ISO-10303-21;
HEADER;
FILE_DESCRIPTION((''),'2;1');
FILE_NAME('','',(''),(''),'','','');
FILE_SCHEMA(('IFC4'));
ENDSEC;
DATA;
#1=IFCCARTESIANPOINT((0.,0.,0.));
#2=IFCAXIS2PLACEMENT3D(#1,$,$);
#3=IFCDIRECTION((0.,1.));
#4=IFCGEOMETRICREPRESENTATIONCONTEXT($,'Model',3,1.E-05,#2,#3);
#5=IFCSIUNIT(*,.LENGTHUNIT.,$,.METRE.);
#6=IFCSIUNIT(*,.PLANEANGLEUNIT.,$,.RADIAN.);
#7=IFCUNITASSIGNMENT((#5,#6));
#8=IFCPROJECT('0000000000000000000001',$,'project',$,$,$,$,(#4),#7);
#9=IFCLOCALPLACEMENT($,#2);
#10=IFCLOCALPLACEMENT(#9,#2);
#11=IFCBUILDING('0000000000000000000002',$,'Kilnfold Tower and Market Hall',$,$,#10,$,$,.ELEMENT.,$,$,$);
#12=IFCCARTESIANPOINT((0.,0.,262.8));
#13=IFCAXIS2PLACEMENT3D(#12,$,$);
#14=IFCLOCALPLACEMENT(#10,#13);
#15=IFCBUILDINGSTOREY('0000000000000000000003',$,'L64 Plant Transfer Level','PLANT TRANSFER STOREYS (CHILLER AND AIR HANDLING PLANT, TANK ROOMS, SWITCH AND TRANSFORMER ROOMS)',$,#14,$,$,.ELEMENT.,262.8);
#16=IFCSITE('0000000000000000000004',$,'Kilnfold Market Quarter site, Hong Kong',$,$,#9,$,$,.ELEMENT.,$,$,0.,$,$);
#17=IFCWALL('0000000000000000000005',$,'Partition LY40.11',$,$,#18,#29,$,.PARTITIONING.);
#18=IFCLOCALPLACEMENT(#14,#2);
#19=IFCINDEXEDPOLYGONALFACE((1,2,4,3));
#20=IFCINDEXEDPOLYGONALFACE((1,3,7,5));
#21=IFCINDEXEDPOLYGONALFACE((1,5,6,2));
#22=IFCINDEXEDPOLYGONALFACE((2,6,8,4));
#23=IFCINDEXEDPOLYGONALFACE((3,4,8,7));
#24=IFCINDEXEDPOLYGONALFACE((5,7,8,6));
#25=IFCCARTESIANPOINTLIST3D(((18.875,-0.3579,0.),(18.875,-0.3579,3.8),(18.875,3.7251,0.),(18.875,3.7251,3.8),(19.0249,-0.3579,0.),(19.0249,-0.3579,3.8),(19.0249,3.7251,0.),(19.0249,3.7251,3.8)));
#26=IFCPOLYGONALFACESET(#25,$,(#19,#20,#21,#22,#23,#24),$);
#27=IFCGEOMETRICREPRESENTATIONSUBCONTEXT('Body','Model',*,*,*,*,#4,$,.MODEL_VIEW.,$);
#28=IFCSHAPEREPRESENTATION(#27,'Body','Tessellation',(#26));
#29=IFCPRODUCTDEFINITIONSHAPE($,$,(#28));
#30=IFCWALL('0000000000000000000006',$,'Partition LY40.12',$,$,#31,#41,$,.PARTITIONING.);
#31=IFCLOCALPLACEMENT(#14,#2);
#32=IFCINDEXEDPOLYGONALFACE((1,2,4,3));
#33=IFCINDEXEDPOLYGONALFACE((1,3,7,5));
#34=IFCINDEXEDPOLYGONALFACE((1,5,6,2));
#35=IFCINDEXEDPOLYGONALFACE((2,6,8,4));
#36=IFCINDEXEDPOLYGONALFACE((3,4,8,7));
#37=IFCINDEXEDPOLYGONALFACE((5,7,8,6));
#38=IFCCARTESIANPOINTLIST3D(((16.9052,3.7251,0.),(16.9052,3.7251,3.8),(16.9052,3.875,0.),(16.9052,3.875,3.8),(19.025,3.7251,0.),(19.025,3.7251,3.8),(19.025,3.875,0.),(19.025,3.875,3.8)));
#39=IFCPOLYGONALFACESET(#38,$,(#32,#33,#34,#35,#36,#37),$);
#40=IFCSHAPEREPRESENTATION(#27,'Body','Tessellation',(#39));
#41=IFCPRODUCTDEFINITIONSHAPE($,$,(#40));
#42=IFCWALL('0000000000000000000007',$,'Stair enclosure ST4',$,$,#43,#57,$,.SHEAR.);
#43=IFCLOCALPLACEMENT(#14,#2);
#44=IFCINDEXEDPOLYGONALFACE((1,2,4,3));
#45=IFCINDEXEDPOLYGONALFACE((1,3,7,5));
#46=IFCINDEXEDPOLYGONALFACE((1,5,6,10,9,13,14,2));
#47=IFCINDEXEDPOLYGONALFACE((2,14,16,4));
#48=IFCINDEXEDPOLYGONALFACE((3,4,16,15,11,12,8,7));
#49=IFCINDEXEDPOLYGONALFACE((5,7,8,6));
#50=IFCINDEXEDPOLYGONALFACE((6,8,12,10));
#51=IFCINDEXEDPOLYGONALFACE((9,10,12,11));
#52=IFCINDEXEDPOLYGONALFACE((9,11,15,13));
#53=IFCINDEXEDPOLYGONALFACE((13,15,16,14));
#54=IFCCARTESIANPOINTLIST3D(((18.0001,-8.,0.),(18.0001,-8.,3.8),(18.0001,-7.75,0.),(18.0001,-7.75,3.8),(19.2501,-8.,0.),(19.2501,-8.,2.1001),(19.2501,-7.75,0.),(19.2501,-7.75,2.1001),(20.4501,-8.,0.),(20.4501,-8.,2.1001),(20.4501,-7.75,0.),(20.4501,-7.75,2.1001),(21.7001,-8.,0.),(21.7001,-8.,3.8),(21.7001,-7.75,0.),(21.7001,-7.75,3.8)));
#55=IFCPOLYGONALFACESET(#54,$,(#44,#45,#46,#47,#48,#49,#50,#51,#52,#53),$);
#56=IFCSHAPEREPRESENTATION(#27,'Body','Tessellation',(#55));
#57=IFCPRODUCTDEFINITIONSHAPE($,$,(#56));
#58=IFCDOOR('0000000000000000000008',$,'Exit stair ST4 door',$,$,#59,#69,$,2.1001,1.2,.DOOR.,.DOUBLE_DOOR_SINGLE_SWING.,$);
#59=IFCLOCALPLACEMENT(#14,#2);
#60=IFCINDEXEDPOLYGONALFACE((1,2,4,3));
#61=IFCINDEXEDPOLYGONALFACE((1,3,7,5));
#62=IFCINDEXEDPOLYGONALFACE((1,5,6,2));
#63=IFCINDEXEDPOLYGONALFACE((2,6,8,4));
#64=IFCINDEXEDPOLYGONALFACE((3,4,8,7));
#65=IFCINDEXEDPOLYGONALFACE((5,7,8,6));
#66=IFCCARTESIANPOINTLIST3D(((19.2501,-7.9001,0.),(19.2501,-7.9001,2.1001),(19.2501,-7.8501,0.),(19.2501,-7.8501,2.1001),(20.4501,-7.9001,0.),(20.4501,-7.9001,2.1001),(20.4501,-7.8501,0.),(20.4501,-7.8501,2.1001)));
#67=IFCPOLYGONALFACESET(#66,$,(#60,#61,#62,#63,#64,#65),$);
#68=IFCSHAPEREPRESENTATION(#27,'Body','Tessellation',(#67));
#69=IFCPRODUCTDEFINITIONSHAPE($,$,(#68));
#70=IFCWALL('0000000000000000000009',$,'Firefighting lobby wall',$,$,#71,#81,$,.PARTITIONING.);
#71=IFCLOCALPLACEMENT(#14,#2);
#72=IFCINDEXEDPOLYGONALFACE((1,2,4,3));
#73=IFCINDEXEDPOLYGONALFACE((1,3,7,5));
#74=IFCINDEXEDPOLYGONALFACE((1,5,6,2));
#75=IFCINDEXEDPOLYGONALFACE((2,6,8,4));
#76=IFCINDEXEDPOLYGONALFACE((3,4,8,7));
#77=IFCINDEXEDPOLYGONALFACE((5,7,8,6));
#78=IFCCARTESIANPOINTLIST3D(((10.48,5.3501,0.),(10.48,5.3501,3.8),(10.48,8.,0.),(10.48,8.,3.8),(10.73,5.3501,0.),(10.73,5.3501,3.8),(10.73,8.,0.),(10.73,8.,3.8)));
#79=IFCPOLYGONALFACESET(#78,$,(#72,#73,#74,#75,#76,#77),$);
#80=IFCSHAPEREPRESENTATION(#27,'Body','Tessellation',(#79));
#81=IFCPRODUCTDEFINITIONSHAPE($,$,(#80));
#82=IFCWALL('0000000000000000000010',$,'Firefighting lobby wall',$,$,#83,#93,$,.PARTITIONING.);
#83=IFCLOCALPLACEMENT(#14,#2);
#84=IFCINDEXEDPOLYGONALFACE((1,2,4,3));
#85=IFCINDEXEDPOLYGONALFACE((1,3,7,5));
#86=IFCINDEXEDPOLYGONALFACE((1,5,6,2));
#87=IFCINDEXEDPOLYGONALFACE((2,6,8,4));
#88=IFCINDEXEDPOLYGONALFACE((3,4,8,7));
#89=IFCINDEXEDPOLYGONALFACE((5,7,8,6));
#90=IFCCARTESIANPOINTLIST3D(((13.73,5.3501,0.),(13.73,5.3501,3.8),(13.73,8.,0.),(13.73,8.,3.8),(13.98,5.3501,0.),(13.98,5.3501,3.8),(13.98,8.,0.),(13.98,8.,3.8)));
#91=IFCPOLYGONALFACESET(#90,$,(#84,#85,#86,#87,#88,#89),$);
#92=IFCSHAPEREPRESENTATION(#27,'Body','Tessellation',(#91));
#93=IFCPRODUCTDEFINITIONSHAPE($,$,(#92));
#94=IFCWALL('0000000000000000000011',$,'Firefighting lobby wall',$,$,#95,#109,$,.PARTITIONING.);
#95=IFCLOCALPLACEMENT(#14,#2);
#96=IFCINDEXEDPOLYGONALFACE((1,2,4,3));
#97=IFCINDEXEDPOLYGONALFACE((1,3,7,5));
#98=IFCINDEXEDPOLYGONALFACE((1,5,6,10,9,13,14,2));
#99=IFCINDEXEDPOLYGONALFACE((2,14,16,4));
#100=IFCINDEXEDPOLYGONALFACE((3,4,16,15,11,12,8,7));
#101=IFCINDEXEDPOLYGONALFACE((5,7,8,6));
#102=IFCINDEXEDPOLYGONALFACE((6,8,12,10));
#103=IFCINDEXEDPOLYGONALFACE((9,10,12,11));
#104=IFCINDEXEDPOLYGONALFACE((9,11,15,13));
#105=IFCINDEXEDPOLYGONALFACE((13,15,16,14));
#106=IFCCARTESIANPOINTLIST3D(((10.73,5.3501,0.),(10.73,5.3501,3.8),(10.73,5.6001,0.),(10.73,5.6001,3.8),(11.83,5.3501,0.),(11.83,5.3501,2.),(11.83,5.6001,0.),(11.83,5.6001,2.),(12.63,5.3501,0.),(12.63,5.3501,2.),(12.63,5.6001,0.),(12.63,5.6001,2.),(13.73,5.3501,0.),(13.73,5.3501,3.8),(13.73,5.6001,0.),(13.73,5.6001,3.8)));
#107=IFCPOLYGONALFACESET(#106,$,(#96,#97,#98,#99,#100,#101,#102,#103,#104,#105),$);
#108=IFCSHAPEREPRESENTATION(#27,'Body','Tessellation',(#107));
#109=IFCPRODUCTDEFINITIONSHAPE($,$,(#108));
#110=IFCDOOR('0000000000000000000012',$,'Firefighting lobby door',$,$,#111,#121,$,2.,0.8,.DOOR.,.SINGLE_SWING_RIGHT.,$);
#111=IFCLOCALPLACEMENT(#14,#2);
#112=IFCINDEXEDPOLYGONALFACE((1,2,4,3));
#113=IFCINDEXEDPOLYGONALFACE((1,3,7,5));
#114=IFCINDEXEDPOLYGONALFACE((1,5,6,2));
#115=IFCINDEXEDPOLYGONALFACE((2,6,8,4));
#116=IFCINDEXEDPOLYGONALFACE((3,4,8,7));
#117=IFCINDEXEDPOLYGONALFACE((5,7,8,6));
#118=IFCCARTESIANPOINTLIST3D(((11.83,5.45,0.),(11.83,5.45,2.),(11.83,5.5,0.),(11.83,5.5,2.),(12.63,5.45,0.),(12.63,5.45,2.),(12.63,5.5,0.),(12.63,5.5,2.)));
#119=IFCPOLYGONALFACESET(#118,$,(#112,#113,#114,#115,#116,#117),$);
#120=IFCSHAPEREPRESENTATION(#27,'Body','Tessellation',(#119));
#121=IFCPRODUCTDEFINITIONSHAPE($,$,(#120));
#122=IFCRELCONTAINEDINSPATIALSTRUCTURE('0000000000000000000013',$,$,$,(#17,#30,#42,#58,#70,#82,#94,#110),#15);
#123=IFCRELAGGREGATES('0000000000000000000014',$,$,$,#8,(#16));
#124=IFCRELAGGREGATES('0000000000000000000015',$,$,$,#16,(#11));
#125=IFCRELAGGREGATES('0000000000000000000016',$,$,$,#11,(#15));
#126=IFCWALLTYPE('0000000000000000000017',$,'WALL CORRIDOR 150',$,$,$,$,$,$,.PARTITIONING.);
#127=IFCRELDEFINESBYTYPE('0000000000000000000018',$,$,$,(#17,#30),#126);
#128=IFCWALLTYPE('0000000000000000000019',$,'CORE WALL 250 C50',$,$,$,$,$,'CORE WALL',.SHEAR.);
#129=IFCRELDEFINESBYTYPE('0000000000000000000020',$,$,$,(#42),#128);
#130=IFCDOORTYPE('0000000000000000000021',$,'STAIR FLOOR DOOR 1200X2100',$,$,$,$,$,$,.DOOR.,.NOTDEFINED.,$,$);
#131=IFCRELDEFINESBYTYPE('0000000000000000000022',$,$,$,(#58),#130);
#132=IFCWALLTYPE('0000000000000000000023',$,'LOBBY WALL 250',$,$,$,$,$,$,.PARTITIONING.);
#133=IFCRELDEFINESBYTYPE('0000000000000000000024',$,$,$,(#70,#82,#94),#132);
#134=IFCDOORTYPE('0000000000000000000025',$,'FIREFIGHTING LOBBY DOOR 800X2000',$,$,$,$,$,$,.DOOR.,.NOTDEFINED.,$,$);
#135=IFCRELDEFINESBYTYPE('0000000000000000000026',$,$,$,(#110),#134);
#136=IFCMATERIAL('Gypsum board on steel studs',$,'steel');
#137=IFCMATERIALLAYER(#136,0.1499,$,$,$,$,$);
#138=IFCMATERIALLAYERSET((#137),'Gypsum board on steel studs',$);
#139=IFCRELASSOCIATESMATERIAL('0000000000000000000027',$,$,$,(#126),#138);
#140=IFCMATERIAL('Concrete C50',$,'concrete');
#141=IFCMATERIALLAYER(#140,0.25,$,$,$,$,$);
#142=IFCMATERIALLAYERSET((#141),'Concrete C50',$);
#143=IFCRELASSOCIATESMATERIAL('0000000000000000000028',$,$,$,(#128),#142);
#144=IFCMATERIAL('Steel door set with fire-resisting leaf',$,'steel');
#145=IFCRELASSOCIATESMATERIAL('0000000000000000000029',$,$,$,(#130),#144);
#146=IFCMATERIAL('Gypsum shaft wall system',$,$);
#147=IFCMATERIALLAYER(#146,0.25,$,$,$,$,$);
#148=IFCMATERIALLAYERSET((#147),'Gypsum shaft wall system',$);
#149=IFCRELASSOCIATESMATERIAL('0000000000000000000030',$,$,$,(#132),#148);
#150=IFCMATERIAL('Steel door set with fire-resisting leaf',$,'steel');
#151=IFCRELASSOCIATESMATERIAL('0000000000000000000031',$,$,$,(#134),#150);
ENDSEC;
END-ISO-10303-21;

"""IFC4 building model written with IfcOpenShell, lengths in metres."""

from ifc_helpers import new_model, si_unit, direction, frame, frame_2d, origin, place, context, subcontext, project, spatial, rectangle, extrude, source, transform, mapped, material, layer, layer_set, type_object, element, fill, save


model = new_model("IFC4")

# Units and contexts
model_context = context("Model", 3, precision=1e-05, world=origin(), true_north=direction((0.0, 1.0)))
body_context = subcontext(model_context, "Body", "Model", "MODEL_VIEW")
ifc_project = project(units=[si_unit("LENGTHUNIT", "METRE"), si_unit("PLANEANGLEUNIT", "RADIAN")], contexts=[model_context])

# Site, building, storey
site_placement = place(None, origin())
site = spatial("IfcSite", under=ifc_project, at=site_placement, Name="Kilnfold Market Quarter site, Hong Kong", CompositionType="ELEMENT", RefElevation=0.0)
building_placement = place(site_placement, origin())
building = spatial("IfcBuilding", under=site, at=building_placement, Name="Kilnfold Tower and Market Hall", CompositionType="ELEMENT")
storey_placement = place(building_placement, frame((0.0, 0.0, 262.8)))
storey = spatial("IfcBuildingStorey", under=building, at=storey_placement, Name="L64 Plant Transfer Level", Description="PLANT TRANSFER STOREYS (CHILLER AND AIR HANDLING PLANT, TANK ROOMS, SWITCH AND TRANSFORMER ROOMS)", CompositionType="ELEMENT", Elevation=262.8)

# Shared definitions
ifc_material_1 = material(Name="Gypsum board on steel studs", Category="steel")
ifc_layer_1 = layer(ifc_material_1, 0.1499)
ifc_layer_set_1 = layer_set([ifc_layer_1], Name="Gypsum board on steel studs")
wall_type_1 = type_object("IfcWallType", Name="WALL CORRIDOR 150", PredefinedType="PARTITIONING", material=ifc_layer_set_1)

# Walls
wall_1_placement = place(storey_placement, frame((18.95, -0.3579, 0.0), z_axis=(0.0, 0.0, 1.0), x_axis=(0.0, 1.0, 0.0)))
element("IfcWall", 1, at=wall_1_placement, inside=storey, type_object=wall_type_1, Name="Partition LY40.11", PredefinedType="PARTITIONING", context=body_context, shape_type="SweptSolid", body=[
    extrude(rectangle(XDim=4.083, YDim=0.1499, at=frame_2d((2.0415, 0.0))), origin(), (0.0, 0.0, 1.0), 3.8),
])
wall_2_placement = place(storey_placement, frame((16.905, 3.8, 0.0), z_axis=(0.0, 0.0, 1.0), x_axis=(1.0, 0.0, 0.0)))
element("IfcWall", 2, at=wall_2_placement, inside=storey, type_object=wall_type_1, Name="Partition LY40.12", PredefinedType="PARTITIONING", context=body_context, shape_type="SweptSolid", body=[
    extrude(rectangle(XDim=2.1199, YDim=0.1499, at=frame_2d((1.0601, 0.0))), origin(), (0.0, 0.0, 1.0), 3.8),
])

# Wall, opening, door
ifc_material_2 = material(Name="Concrete C50", Category="concrete")
ifc_layer_2 = layer(ifc_material_2, 0.25)
ifc_layer_set_2 = layer_set([ifc_layer_2], Name="Concrete C50")
wall_type_2 = type_object("IfcWallType", Name="CORE WALL 250 C50", ElementType="CORE WALL", PredefinedType="SHEAR", material=ifc_layer_set_2)
shared_shape_1 = source(origin(), body_context, "Body", "SweptSolid", [
    extrude(rectangle(XDim=3.7, YDim=0.25, at=frame_2d((1.8501, 0.0))), origin(), (0.0, 0.0, 1.0), 3.8),
])
wall_3_placement = place(storey_placement, frame((18.0, -7.875, 0.0), z_axis=(0.0, 0.0, 1.0), x_axis=(1.0, 0.0, 0.0)))
wall_3 = element("IfcWall", 3, at=wall_3_placement, inside=storey, type_object=wall_type_2, Name="Stair enclosure ST4", PredefinedType="SHEAR", context=body_context, shape_type="MappedRepresentation", body=[
    mapped(shared_shape_1, transform((0.0, 0.0, 0.0))),
])
opening_1_placement = place(wall_3_placement, frame((1.25, 0.0, 0.0)))
opening_1 = element("IfcOpeningElement", 4, at=opening_1_placement, cuts=wall_3, PredefinedType="OPENING", context=body_context, shape_type="SweptSolid", body=[
    extrude(rectangle(XDim=1.2, YDim=2.1001, at=frame_2d((0.6001, 1.05))), frame((0.0, 0.135, 0.0), z_axis=(0.0, -1.0, 0.0), x_axis=(1.0, 0.0, 0.0)), (0.0, 0.0, 1.0), 0.27),
])
ifc_material_3 = material(Name="Steel door set with fire-resisting leaf", Category="steel")
door_type_1 = type_object("IfcDoorType", Name="STAIR FLOOR DOOR 1200X2100", OperationType="NOTDEFINED", PredefinedType="DOOR", material=ifc_material_3)
door_1_placement = place(opening_1_placement, origin())
door_1 = element("IfcDoor", 5, at=door_1_placement, inside=storey, type_object=door_type_1, Name="Exit stair ST4 door", OperationType="DOUBLE_DOOR_SINGLE_SWING", OverallHeight=2.1001, OverallWidth=1.2, PredefinedType="DOOR", context=body_context, shape_type="SweptSolid", body=[
    extrude(rectangle(XDim=1.2, YDim=2.1001, at=frame_2d((0.6001, 1.05))), frame((0.0, 0.0249, 0.0), z_axis=(0.0, -1.0, 0.0), x_axis=(1.0, 0.0, 0.0)), (0.0, 0.0, 1.0), 0.05),
])
fill(opening_1, door_1)

# Walls
ifc_material_4 = material(Name="Gypsum shaft wall system")
ifc_layer_3 = layer(ifc_material_4, 0.25)
ifc_layer_set_3 = layer_set([ifc_layer_3], Name="Gypsum shaft wall system")
wall_type_3 = type_object("IfcWallType", Name="LOBBY WALL 250", PredefinedType="PARTITIONING", material=ifc_layer_set_3)
shared_shape_2 = source(origin(), body_context, "Body", "SweptSolid", [
    extrude(rectangle(XDim=2.6499, YDim=0.25, at=frame_2d((1.325, 0.0))), origin(), (0.0, 0.0, 1.0), 3.8),
])
for number, where, z_axis, x_axis, name in (
    (6, (10.605, 5.3501, 0.0), (0.0, 0.0, 1.0), (0.0, 1.0, 0.0), "Firefighting lobby wall"),
    (7, (13.855, 5.3501, 0.0), (0.0, 0.0, 1.0), (0.0, 1.0, 0.0), "Firefighting lobby wall"),
):
    element("IfcWall", number, at=place(storey_placement, frame(where, z_axis=z_axis, x_axis=x_axis)), inside=storey, type_object=wall_type_3, Name=name, PredefinedType="PARTITIONING", context=body_context, shape_type="MappedRepresentation", body=[
        mapped(shared_shape_2, transform((0.0, 0.0, 0.0))),
    ])

# Wall, opening, door
shared_shape_3 = source(origin(), body_context, "Body", "SweptSolid", [
    extrude(rectangle(XDim=3.0, YDim=0.25, at=frame_2d((1.5, 0.0))), origin(), (0.0, 0.0, 1.0), 3.8),
])
wall_4_placement = place(storey_placement, frame((10.73, 5.4751, 0.0), z_axis=(0.0, 0.0, 1.0), x_axis=(1.0, 0.0, 0.0)))
wall_4 = element("IfcWall", 8, at=wall_4_placement, inside=storey, type_object=wall_type_3, Name="Firefighting lobby wall", PredefinedType="PARTITIONING", context=body_context, shape_type="MappedRepresentation", body=[
    mapped(shared_shape_3, transform((0.0, 0.0, 0.0))),
])
opening_2_placement = place(wall_4_placement, frame((1.1001, 0.0, 0.0)))
opening_2 = element("IfcOpeningElement", 9, at=opening_2_placement, cuts=wall_4, PredefinedType="OPENING", context=body_context, shape_type="SweptSolid", body=[
    extrude(rectangle(XDim=0.8, YDim=2.0, at=frame_2d((0.3999, 1.0))), frame((0.0, 0.135, 0.0), z_axis=(0.0, -1.0, 0.0), x_axis=(1.0, 0.0, 0.0)), (0.0, 0.0, 1.0), 0.27),
])
ifc_material_5 = material(Name="Steel door set with fire-resisting leaf", Category="steel")
door_type_2 = type_object("IfcDoorType", Name="FIREFIGHTING LOBBY DOOR 800X2000", OperationType="NOTDEFINED", PredefinedType="DOOR", material=ifc_material_5)
door_2_placement = place(opening_2_placement, origin())
door_2 = element("IfcDoor", 10, at=door_2_placement, inside=storey, type_object=door_type_2, Name="Firefighting lobby door", OperationType="SINGLE_SWING_RIGHT", OverallHeight=2.0, OverallWidth=0.8, PredefinedType="DOOR", context=body_context, shape_type="SweptSolid", body=[
    extrude(rectangle(XDim=0.8, YDim=2.0, at=frame_2d((0.3999, 1.0))), frame((0.0, 0.0249, 0.0), z_axis=(0.0, -1.0, 0.0), x_axis=(1.0, 0.0, 0.0)), (0.0, 0.0, 1.0), 0.05),
])
fill(opening_2, door_2)

save(model, "model.ifc")
